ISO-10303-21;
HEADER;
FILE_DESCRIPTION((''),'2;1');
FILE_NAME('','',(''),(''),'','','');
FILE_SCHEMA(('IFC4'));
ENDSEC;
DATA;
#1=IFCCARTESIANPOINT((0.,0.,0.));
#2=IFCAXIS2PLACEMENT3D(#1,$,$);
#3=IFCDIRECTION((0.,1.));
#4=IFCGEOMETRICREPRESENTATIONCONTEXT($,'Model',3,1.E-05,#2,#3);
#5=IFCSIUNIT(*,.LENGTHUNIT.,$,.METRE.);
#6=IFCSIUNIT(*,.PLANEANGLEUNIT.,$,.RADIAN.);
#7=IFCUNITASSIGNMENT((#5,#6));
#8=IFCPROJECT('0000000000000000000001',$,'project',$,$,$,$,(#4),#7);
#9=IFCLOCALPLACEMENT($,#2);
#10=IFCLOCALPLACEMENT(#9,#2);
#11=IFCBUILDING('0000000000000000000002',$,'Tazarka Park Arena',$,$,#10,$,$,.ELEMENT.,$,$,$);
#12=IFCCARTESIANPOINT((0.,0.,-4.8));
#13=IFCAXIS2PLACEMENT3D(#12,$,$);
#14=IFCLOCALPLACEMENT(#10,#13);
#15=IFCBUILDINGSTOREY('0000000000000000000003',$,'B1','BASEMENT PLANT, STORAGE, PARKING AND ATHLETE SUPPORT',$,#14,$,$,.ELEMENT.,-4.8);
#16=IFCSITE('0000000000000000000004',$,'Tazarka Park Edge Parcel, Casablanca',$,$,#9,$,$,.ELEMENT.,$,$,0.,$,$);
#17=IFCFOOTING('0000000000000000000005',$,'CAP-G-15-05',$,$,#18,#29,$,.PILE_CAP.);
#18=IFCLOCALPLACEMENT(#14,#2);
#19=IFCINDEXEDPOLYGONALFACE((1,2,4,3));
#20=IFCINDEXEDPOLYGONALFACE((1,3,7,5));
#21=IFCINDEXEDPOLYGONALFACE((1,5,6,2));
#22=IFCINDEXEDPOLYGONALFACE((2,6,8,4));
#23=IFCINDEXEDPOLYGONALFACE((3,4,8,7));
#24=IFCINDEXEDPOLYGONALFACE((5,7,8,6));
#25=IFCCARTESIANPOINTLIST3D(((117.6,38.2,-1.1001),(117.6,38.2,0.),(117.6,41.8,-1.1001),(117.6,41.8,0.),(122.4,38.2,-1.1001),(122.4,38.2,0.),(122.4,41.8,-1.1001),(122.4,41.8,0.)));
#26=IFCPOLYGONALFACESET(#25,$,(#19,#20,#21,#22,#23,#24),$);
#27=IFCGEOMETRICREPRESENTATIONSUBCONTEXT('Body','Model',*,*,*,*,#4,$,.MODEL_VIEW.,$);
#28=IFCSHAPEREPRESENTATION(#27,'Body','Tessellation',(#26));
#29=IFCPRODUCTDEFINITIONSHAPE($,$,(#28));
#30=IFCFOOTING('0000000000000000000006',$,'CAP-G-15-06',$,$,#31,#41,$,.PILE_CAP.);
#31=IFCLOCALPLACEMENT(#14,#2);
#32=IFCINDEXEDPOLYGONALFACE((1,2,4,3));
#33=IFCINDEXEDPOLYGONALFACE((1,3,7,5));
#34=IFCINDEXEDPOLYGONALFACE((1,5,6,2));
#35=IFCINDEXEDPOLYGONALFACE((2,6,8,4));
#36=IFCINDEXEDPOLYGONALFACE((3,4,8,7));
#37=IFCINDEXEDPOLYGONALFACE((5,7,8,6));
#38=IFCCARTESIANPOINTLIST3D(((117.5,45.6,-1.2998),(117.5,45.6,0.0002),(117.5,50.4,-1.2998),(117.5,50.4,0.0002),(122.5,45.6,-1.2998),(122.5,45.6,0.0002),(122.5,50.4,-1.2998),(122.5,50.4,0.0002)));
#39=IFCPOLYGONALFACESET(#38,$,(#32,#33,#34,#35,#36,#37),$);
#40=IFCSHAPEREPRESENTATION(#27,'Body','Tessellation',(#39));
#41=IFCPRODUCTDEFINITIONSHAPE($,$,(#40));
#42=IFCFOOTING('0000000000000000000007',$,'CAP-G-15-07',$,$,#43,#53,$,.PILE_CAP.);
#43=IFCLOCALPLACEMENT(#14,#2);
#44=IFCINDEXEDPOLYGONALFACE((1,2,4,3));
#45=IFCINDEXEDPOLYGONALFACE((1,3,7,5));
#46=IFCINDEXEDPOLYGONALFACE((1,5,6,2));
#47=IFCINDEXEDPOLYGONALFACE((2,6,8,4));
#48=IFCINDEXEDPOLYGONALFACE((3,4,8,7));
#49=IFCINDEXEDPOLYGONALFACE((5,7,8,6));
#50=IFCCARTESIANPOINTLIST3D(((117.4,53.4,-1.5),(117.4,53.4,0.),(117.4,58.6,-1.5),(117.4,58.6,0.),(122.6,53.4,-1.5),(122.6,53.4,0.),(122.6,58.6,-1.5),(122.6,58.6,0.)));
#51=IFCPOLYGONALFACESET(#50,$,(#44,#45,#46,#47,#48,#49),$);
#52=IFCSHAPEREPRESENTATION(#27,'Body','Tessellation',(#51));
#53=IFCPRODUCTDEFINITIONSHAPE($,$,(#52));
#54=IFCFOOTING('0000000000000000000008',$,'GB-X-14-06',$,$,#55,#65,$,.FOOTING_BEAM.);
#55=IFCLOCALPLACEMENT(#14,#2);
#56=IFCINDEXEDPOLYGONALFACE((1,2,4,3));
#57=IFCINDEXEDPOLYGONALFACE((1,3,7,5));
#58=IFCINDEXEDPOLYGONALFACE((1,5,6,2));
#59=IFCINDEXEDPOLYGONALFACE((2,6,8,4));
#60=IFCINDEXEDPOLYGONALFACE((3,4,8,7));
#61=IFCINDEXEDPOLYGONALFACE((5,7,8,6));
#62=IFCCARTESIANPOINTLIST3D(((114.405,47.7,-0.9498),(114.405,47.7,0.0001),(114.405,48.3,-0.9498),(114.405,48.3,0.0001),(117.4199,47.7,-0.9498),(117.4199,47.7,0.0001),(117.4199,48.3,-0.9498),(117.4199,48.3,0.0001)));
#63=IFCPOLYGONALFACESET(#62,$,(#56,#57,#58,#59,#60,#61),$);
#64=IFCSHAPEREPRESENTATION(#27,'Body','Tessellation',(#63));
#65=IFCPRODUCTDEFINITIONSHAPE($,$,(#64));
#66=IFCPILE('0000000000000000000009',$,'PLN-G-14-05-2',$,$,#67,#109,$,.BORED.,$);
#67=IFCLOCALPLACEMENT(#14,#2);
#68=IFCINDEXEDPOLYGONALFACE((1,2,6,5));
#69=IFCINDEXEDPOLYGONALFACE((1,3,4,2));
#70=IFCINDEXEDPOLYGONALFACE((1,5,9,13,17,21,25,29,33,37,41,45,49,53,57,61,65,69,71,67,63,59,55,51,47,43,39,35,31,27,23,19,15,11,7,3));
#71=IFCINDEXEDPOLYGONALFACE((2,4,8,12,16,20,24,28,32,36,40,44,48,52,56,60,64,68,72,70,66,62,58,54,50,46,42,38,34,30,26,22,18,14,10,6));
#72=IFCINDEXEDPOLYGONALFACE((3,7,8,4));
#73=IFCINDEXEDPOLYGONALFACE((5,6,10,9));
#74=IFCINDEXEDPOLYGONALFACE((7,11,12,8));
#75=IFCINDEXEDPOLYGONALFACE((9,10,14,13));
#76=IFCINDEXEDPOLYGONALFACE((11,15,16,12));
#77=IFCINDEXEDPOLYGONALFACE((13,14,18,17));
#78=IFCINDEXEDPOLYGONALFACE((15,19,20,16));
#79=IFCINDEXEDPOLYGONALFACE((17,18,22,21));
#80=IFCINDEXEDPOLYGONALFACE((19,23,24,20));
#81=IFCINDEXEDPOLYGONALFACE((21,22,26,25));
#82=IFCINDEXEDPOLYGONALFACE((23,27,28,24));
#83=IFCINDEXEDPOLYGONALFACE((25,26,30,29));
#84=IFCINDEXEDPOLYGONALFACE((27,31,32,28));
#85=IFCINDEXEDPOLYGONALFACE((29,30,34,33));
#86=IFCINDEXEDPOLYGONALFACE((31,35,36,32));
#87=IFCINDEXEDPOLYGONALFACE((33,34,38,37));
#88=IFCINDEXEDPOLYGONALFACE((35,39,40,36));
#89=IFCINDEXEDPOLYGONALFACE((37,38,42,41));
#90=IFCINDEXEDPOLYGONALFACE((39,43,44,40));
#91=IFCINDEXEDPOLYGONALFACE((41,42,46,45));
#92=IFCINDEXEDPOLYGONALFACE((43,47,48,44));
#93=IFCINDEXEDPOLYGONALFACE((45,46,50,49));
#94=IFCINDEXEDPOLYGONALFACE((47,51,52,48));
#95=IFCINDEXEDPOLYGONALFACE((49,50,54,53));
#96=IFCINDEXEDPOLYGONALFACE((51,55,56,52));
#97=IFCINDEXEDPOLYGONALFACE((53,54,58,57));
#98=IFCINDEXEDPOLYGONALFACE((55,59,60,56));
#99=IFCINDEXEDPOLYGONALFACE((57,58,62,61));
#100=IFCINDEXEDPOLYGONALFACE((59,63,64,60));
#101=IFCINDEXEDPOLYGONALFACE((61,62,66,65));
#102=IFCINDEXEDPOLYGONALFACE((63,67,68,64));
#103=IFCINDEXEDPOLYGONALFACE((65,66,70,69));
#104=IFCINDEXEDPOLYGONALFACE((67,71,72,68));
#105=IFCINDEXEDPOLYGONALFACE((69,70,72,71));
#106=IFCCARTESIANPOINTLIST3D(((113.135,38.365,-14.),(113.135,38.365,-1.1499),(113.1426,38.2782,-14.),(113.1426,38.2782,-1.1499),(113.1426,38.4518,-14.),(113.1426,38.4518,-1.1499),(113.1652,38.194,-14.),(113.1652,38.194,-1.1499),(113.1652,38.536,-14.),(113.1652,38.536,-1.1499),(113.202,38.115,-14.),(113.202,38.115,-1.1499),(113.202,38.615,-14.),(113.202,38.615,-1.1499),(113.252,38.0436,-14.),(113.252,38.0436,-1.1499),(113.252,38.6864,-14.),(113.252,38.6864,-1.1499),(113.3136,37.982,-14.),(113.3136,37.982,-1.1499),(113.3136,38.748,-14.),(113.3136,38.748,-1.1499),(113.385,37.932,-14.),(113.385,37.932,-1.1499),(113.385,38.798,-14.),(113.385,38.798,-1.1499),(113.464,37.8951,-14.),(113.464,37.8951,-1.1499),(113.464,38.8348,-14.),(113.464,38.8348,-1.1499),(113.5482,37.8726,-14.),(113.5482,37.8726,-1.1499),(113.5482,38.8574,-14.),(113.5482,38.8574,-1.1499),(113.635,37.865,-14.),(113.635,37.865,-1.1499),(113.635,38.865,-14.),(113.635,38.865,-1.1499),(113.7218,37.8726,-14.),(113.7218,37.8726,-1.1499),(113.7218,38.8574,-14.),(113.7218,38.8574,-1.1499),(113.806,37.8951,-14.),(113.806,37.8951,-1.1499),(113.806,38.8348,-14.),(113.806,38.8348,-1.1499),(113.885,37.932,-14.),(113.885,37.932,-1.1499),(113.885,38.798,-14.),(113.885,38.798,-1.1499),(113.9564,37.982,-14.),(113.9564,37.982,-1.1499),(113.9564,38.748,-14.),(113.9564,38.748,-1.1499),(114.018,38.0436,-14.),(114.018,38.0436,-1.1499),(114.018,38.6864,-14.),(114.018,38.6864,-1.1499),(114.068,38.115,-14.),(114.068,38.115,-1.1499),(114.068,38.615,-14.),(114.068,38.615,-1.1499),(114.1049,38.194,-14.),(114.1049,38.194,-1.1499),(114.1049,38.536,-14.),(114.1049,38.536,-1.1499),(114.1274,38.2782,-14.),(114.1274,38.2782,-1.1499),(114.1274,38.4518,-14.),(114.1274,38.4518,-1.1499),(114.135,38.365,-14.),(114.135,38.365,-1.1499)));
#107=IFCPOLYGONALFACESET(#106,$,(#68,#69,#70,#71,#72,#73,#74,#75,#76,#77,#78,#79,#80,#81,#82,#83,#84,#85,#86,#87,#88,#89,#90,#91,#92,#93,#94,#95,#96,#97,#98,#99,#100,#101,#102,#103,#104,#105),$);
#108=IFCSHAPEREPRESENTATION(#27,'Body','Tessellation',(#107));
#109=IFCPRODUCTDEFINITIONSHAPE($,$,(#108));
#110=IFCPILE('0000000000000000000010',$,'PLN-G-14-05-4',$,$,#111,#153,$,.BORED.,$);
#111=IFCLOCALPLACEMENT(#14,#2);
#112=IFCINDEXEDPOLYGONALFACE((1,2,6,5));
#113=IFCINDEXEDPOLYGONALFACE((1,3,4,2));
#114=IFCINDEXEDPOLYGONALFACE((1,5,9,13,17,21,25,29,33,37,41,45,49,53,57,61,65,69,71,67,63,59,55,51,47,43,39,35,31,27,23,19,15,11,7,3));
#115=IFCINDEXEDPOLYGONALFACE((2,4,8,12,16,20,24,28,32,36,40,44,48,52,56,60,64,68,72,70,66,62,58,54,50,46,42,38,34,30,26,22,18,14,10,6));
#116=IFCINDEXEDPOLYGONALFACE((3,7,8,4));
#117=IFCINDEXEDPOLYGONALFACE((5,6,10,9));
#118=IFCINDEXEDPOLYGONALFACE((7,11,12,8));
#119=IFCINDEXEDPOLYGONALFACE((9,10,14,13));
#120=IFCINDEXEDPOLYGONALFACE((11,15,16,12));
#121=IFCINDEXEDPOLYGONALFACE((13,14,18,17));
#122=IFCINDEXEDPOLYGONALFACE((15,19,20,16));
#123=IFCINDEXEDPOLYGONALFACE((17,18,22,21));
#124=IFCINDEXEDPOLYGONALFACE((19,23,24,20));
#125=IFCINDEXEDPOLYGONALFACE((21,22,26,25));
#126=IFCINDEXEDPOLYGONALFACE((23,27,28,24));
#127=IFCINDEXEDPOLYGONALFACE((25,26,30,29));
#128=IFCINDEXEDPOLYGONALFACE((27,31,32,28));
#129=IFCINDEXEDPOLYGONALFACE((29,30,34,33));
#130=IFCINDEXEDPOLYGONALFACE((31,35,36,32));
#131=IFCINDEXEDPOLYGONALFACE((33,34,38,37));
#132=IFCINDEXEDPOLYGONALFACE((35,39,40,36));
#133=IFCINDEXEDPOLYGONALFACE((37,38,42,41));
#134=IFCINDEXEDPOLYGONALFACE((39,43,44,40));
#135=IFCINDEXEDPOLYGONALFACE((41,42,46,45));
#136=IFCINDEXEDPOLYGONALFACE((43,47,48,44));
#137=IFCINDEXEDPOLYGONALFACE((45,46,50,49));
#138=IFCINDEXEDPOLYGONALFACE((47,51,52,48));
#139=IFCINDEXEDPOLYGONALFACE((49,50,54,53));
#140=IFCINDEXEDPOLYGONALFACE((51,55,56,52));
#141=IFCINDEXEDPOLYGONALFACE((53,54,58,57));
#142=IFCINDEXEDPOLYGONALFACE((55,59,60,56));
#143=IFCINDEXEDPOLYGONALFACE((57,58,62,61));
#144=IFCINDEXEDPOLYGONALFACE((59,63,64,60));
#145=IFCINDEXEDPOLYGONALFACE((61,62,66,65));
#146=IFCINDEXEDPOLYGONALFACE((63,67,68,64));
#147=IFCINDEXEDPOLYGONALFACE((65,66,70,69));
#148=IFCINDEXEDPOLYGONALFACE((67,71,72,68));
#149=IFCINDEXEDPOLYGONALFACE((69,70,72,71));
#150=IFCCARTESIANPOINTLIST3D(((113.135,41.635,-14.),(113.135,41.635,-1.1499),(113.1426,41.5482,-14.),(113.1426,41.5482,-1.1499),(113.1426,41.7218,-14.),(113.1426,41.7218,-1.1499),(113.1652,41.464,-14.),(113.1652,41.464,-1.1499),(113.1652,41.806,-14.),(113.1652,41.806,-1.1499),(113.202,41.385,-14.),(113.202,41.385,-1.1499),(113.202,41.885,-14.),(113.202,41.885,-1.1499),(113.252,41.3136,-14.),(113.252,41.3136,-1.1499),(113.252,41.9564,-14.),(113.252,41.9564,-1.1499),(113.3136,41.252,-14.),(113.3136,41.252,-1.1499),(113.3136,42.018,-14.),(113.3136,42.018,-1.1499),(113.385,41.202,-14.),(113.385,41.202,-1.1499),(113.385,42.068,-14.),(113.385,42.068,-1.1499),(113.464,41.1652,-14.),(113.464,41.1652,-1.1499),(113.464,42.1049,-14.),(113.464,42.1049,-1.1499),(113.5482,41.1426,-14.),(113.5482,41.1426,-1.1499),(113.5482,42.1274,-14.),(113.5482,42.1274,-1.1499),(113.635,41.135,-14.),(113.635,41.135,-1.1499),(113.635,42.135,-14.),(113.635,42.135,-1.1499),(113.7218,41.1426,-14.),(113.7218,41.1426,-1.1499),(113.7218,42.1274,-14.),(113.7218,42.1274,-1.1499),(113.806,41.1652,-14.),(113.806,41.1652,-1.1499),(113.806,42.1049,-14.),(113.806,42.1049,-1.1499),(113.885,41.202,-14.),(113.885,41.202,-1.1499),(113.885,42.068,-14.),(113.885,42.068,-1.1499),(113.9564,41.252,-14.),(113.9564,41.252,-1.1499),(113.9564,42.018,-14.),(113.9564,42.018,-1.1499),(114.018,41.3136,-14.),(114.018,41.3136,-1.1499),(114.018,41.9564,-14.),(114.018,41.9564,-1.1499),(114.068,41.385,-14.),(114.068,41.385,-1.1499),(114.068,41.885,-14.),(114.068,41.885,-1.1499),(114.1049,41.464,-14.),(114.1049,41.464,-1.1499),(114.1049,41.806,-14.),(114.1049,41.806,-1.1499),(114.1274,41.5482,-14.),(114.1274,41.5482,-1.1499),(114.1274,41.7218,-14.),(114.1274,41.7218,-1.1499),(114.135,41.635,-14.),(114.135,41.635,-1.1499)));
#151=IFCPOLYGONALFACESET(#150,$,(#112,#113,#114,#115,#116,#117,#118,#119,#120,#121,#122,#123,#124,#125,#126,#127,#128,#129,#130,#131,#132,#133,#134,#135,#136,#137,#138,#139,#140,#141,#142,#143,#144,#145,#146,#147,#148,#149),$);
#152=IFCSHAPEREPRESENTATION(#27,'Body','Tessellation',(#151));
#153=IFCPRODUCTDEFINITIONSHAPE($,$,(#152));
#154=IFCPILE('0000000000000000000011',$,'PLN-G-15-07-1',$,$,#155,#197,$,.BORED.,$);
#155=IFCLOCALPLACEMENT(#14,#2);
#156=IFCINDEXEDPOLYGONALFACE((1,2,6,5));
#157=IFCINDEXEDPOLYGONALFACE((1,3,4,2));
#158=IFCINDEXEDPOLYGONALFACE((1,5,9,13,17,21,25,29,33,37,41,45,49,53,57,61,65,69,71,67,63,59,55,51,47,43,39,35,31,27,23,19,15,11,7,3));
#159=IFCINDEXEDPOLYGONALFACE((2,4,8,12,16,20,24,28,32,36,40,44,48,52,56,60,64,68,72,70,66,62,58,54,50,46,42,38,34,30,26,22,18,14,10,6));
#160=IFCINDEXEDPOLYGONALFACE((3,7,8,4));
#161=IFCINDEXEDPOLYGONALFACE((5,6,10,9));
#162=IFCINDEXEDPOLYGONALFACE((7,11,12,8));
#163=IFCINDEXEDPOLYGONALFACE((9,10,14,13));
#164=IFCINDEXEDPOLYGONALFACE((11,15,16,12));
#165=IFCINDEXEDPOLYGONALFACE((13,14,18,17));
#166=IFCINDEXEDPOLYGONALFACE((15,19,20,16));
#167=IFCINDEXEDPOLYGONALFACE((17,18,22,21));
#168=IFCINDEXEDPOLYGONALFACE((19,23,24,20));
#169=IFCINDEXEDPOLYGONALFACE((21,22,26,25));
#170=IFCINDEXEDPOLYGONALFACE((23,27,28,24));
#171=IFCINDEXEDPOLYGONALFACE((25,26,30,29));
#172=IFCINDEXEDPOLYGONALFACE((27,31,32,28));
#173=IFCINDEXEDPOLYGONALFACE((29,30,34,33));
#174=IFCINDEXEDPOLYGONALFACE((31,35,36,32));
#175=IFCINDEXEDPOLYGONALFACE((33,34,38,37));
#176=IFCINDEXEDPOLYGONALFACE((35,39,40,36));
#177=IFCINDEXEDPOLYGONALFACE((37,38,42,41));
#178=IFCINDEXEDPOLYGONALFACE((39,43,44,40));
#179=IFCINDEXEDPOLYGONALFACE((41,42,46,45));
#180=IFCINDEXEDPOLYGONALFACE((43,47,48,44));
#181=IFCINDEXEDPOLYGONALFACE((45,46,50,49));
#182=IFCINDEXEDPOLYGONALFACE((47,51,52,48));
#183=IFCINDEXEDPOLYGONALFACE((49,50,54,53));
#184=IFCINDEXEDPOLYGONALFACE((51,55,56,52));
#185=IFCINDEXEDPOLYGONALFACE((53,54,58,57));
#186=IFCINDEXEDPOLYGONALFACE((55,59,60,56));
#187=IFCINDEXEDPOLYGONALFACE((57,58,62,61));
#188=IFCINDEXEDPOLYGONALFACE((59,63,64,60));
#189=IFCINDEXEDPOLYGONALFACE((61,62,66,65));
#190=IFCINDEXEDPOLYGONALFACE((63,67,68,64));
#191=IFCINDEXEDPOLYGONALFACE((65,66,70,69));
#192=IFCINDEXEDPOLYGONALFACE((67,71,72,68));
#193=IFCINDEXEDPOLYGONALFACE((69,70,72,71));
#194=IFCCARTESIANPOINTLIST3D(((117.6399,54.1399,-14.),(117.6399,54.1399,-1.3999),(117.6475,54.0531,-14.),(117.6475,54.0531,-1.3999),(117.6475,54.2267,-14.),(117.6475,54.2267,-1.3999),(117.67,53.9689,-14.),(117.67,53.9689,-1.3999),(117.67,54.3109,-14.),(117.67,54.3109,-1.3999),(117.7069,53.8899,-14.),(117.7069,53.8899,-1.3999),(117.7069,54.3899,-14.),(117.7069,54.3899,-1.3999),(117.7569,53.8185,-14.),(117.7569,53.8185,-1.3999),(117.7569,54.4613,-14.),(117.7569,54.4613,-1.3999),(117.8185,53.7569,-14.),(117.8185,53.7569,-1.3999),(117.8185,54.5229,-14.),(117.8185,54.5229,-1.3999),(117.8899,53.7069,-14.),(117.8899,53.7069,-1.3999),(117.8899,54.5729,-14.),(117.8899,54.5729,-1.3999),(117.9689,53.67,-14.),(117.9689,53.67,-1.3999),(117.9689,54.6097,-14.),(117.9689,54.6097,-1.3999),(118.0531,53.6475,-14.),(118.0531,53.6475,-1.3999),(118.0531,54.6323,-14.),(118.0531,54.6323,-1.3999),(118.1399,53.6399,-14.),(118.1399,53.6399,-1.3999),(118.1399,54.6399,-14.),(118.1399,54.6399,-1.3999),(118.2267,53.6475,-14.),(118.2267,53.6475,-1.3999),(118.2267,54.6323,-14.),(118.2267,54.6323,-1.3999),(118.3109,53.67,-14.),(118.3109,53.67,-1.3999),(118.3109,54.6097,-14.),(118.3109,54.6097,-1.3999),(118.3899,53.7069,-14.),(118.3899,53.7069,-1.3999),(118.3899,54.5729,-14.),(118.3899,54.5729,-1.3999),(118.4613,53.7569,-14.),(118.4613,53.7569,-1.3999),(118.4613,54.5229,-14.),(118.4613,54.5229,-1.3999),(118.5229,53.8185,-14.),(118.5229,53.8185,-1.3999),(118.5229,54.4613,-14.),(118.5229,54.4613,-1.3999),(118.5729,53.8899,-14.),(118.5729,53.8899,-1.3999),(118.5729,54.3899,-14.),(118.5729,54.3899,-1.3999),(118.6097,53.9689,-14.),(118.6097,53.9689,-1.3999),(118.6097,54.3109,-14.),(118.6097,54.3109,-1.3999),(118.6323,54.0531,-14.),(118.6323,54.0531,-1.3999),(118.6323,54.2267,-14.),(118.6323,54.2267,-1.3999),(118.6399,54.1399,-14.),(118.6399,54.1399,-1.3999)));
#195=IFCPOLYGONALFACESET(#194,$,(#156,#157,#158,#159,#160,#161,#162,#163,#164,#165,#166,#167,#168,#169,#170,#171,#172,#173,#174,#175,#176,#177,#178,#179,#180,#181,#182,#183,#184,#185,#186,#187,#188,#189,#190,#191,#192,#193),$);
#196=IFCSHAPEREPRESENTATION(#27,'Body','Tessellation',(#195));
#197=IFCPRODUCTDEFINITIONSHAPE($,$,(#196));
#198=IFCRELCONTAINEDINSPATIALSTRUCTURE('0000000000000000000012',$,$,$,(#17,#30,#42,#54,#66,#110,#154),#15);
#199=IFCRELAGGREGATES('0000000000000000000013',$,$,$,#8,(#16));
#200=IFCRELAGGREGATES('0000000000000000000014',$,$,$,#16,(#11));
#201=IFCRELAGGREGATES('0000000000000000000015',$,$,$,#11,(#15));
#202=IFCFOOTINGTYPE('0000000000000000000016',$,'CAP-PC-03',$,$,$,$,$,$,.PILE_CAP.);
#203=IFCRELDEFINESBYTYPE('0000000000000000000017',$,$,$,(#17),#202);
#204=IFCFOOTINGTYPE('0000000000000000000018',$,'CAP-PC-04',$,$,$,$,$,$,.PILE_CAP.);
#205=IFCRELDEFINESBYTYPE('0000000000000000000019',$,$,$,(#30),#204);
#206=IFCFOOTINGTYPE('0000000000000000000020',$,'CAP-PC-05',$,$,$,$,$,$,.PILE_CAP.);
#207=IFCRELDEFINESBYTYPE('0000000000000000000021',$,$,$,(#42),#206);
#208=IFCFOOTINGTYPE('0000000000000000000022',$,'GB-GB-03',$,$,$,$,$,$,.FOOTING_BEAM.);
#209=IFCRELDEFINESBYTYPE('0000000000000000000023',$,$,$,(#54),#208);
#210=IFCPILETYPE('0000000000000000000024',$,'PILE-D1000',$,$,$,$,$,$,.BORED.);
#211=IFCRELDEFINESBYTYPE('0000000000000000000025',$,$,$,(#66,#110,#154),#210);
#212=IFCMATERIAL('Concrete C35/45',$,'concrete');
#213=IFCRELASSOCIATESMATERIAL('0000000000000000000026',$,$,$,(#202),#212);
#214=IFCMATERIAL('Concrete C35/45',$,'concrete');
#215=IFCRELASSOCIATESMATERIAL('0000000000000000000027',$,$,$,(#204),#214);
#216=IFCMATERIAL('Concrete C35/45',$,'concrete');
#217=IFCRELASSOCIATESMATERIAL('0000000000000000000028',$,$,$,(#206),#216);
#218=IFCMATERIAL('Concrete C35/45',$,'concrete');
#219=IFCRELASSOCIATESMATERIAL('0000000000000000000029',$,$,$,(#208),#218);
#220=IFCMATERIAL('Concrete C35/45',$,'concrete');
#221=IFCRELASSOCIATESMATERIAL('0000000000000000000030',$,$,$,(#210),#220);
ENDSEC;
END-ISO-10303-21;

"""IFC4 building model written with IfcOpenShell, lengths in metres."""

from ifc_helpers import new_model, si_unit, direction, frame, origin, origin_2d, place, context, subcontext, project, spatial, rectangle, circle, extrude, material, material_profile, profile_set, type_object, element, save


model = new_model("IFC4")

# Units and contexts
model_context = context("Model", 3, precision=1e-05, world=origin(), true_north=direction((0.0, 1.0)))
body_context = subcontext(model_context, "Body", "Model", "MODEL_VIEW")
ifc_project = project(units=[si_unit("LENGTHUNIT", "METRE"), si_unit("PLANEANGLEUNIT", "RADIAN")], contexts=[model_context])

# Site, building, storey
site_placement = place(None, origin())
site = spatial("IfcSite", under=ifc_project, at=site_placement, Name="Tazarka Park Edge Parcel, Casablanca", CompositionType="ELEMENT", RefElevation=0.0)
building_placement = place(site_placement, origin())
building = spatial("IfcBuilding", under=site, at=building_placement, Name="Tazarka Park Arena", CompositionType="ELEMENT")
storey_placement = place(building_placement, frame((0.0, 0.0, -4.8)))
storey = spatial("IfcBuildingStorey", under=building, at=storey_placement, Name="B1", Description="BASEMENT PLANT, STORAGE, PARKING AND ATHLETE SUPPORT", CompositionType="ELEMENT", Elevation=-4.8)

# Footings
ifc_material_1 = material(Name="Concrete C35/45", Category="concrete")
footing_type_1 = type_object("IfcFootingType", Name="CAP-PC-03", PredefinedType="PILE_CAP", material=ifc_material_1)
footing_1_placement = place(storey_placement, frame((120.0, 40.0, -1.1001), z_axis=(0.0, 0.0, 1.0), x_axis=(1.0, 0.0, 0.0)))
element("IfcFooting", 1, at=footing_1_placement, inside=storey, type_object=footing_type_1, Name="CAP-G-15-05", PredefinedType="PILE_CAP", context=body_context, shape_type="SweptSolid", body=[
    extrude(rectangle(XDim=4.8, YDim=3.6001, at=origin_2d()), origin(), (0.0, 0.0, 1.0), 1.1001),
])
ifc_material_2 = material(Name="Concrete C35/45", Category="concrete")
footing_type_2 = type_object("IfcFootingType", Name="CAP-PC-04", PredefinedType="PILE_CAP", material=ifc_material_2)
footing_2_placement = place(storey_placement, frame((120.0, 48.0, -1.2998), z_axis=(0.0, 0.0, 1.0), x_axis=(1.0, 0.0, 0.0)))
element("IfcFooting", 2, at=footing_2_placement, inside=storey, type_object=footing_type_2, Name="CAP-G-15-06", PredefinedType="PILE_CAP", context=body_context, shape_type="SweptSolid", body=[
    extrude(rectangle(XDim=5.0, YDim=4.8, at=origin_2d()), origin(), (0.0, 0.0, 1.0), 1.3),
])
ifc_material_3 = material(Name="Concrete C35/45", Category="concrete")
footing_type_3 = type_object("IfcFootingType", Name="CAP-PC-05", PredefinedType="PILE_CAP", material=ifc_material_3)
footing_3_placement = place(storey_placement, frame((120.0, 56.0, -1.5), z_axis=(0.0, 0.0, 1.0), x_axis=(1.0, 0.0, 0.0)))
element("IfcFooting", 3, at=footing_3_placement, inside=storey, type_object=footing_type_3, Name="CAP-G-15-07", PredefinedType="PILE_CAP", context=body_context, shape_type="SweptSolid", body=[
    extrude(rectangle(XDim=5.2, YDim=5.2, at=origin_2d()), origin(), (0.0, 0.0, 1.0), 1.5),
])
ifc_material_4 = material(Name="Concrete C35/45", Category="concrete")
ifc_material_profile_1 = material_profile(ifc_material_4, rectangle(XDim=0.6001, YDim=0.95, at=origin_2d()), Name="Concrete C35/45")
ifc_profile_set_1 = profile_set([ifc_material_profile_1], Name="Concrete C35/45")
footing_type_4 = type_object("IfcFootingType", Name="GB-GB-03", PredefinedType="FOOTING_BEAM", material=ifc_profile_set_1)
footing_4_placement = place(storey_placement, frame((114.405, 48.0, -0.4749), z_axis=(1.0, 0.0, 0.0), x_axis=(0.0, 1.0, 0.0)))
element("IfcFooting", 4, at=footing_4_placement, inside=storey, type_object=footing_type_4, Name="GB-X-14-06", PredefinedType="FOOTING_BEAM", context=body_context, shape_type="SweptSolid", body=[
    extrude(rectangle(XDim=0.6001, YDim=0.95, at=origin_2d()), origin(), (0.0, 0.0, 1.0), 3.0149),
])

# Piles
ifc_material_5 = material(Name="Concrete C35/45", Category="concrete")
ifc_material_profile_2 = material_profile(ifc_material_5, circle(Radius=0.5, at=origin_2d()), Name="Concrete C35/45")
ifc_profile_set_2 = profile_set([ifc_material_profile_2], Name="Concrete C35/45")
pile_type_1 = type_object("IfcPileType", Name="PILE-D1000", PredefinedType="BORED", material=ifc_profile_set_2)
for number, where, z_axis, x_axis, name in (
    (5, (113.635, 38.365, -1.1499), (0.0, 0.0, -1.0), (1.0, 0.0, 0.0), "PLN-G-14-05-2"),
    (6, (113.635, 41.635, -1.1499), (0.0, 0.0, -1.0), (1.0, 0.0, 0.0), "PLN-G-14-05-4"),
):
    element("IfcPile", number, at=place(storey_placement, frame(where, z_axis=z_axis, x_axis=x_axis)), inside=storey, type_object=pile_type_1, Name=name, PredefinedType="BORED", context=body_context, shape_type="SweptSolid", body=[
        extrude(circle(Radius=0.5, at=origin_2d()), origin(), (0.0, 0.0, 1.0), 12.8501),
    ])
for number, where, z_axis, x_axis, name in (
    (7, (118.1399, 54.1399, -1.3999), (0.0, 0.0, -1.0), (1.0, 0.0, 0.0), "PLN-G-15-07-1"),
):
    element("IfcPile", number, at=place(storey_placement, frame(where, z_axis=z_axis, x_axis=x_axis)), inside=storey, type_object=pile_type_1, Name=name, PredefinedType="BORED", context=body_context, shape_type="SweptSolid", body=[
        extrude(circle(Radius=0.5, at=origin_2d()), origin(), (0.0, 0.0, 1.0), 12.6001),
    ])

save(model, "model.ifc")
